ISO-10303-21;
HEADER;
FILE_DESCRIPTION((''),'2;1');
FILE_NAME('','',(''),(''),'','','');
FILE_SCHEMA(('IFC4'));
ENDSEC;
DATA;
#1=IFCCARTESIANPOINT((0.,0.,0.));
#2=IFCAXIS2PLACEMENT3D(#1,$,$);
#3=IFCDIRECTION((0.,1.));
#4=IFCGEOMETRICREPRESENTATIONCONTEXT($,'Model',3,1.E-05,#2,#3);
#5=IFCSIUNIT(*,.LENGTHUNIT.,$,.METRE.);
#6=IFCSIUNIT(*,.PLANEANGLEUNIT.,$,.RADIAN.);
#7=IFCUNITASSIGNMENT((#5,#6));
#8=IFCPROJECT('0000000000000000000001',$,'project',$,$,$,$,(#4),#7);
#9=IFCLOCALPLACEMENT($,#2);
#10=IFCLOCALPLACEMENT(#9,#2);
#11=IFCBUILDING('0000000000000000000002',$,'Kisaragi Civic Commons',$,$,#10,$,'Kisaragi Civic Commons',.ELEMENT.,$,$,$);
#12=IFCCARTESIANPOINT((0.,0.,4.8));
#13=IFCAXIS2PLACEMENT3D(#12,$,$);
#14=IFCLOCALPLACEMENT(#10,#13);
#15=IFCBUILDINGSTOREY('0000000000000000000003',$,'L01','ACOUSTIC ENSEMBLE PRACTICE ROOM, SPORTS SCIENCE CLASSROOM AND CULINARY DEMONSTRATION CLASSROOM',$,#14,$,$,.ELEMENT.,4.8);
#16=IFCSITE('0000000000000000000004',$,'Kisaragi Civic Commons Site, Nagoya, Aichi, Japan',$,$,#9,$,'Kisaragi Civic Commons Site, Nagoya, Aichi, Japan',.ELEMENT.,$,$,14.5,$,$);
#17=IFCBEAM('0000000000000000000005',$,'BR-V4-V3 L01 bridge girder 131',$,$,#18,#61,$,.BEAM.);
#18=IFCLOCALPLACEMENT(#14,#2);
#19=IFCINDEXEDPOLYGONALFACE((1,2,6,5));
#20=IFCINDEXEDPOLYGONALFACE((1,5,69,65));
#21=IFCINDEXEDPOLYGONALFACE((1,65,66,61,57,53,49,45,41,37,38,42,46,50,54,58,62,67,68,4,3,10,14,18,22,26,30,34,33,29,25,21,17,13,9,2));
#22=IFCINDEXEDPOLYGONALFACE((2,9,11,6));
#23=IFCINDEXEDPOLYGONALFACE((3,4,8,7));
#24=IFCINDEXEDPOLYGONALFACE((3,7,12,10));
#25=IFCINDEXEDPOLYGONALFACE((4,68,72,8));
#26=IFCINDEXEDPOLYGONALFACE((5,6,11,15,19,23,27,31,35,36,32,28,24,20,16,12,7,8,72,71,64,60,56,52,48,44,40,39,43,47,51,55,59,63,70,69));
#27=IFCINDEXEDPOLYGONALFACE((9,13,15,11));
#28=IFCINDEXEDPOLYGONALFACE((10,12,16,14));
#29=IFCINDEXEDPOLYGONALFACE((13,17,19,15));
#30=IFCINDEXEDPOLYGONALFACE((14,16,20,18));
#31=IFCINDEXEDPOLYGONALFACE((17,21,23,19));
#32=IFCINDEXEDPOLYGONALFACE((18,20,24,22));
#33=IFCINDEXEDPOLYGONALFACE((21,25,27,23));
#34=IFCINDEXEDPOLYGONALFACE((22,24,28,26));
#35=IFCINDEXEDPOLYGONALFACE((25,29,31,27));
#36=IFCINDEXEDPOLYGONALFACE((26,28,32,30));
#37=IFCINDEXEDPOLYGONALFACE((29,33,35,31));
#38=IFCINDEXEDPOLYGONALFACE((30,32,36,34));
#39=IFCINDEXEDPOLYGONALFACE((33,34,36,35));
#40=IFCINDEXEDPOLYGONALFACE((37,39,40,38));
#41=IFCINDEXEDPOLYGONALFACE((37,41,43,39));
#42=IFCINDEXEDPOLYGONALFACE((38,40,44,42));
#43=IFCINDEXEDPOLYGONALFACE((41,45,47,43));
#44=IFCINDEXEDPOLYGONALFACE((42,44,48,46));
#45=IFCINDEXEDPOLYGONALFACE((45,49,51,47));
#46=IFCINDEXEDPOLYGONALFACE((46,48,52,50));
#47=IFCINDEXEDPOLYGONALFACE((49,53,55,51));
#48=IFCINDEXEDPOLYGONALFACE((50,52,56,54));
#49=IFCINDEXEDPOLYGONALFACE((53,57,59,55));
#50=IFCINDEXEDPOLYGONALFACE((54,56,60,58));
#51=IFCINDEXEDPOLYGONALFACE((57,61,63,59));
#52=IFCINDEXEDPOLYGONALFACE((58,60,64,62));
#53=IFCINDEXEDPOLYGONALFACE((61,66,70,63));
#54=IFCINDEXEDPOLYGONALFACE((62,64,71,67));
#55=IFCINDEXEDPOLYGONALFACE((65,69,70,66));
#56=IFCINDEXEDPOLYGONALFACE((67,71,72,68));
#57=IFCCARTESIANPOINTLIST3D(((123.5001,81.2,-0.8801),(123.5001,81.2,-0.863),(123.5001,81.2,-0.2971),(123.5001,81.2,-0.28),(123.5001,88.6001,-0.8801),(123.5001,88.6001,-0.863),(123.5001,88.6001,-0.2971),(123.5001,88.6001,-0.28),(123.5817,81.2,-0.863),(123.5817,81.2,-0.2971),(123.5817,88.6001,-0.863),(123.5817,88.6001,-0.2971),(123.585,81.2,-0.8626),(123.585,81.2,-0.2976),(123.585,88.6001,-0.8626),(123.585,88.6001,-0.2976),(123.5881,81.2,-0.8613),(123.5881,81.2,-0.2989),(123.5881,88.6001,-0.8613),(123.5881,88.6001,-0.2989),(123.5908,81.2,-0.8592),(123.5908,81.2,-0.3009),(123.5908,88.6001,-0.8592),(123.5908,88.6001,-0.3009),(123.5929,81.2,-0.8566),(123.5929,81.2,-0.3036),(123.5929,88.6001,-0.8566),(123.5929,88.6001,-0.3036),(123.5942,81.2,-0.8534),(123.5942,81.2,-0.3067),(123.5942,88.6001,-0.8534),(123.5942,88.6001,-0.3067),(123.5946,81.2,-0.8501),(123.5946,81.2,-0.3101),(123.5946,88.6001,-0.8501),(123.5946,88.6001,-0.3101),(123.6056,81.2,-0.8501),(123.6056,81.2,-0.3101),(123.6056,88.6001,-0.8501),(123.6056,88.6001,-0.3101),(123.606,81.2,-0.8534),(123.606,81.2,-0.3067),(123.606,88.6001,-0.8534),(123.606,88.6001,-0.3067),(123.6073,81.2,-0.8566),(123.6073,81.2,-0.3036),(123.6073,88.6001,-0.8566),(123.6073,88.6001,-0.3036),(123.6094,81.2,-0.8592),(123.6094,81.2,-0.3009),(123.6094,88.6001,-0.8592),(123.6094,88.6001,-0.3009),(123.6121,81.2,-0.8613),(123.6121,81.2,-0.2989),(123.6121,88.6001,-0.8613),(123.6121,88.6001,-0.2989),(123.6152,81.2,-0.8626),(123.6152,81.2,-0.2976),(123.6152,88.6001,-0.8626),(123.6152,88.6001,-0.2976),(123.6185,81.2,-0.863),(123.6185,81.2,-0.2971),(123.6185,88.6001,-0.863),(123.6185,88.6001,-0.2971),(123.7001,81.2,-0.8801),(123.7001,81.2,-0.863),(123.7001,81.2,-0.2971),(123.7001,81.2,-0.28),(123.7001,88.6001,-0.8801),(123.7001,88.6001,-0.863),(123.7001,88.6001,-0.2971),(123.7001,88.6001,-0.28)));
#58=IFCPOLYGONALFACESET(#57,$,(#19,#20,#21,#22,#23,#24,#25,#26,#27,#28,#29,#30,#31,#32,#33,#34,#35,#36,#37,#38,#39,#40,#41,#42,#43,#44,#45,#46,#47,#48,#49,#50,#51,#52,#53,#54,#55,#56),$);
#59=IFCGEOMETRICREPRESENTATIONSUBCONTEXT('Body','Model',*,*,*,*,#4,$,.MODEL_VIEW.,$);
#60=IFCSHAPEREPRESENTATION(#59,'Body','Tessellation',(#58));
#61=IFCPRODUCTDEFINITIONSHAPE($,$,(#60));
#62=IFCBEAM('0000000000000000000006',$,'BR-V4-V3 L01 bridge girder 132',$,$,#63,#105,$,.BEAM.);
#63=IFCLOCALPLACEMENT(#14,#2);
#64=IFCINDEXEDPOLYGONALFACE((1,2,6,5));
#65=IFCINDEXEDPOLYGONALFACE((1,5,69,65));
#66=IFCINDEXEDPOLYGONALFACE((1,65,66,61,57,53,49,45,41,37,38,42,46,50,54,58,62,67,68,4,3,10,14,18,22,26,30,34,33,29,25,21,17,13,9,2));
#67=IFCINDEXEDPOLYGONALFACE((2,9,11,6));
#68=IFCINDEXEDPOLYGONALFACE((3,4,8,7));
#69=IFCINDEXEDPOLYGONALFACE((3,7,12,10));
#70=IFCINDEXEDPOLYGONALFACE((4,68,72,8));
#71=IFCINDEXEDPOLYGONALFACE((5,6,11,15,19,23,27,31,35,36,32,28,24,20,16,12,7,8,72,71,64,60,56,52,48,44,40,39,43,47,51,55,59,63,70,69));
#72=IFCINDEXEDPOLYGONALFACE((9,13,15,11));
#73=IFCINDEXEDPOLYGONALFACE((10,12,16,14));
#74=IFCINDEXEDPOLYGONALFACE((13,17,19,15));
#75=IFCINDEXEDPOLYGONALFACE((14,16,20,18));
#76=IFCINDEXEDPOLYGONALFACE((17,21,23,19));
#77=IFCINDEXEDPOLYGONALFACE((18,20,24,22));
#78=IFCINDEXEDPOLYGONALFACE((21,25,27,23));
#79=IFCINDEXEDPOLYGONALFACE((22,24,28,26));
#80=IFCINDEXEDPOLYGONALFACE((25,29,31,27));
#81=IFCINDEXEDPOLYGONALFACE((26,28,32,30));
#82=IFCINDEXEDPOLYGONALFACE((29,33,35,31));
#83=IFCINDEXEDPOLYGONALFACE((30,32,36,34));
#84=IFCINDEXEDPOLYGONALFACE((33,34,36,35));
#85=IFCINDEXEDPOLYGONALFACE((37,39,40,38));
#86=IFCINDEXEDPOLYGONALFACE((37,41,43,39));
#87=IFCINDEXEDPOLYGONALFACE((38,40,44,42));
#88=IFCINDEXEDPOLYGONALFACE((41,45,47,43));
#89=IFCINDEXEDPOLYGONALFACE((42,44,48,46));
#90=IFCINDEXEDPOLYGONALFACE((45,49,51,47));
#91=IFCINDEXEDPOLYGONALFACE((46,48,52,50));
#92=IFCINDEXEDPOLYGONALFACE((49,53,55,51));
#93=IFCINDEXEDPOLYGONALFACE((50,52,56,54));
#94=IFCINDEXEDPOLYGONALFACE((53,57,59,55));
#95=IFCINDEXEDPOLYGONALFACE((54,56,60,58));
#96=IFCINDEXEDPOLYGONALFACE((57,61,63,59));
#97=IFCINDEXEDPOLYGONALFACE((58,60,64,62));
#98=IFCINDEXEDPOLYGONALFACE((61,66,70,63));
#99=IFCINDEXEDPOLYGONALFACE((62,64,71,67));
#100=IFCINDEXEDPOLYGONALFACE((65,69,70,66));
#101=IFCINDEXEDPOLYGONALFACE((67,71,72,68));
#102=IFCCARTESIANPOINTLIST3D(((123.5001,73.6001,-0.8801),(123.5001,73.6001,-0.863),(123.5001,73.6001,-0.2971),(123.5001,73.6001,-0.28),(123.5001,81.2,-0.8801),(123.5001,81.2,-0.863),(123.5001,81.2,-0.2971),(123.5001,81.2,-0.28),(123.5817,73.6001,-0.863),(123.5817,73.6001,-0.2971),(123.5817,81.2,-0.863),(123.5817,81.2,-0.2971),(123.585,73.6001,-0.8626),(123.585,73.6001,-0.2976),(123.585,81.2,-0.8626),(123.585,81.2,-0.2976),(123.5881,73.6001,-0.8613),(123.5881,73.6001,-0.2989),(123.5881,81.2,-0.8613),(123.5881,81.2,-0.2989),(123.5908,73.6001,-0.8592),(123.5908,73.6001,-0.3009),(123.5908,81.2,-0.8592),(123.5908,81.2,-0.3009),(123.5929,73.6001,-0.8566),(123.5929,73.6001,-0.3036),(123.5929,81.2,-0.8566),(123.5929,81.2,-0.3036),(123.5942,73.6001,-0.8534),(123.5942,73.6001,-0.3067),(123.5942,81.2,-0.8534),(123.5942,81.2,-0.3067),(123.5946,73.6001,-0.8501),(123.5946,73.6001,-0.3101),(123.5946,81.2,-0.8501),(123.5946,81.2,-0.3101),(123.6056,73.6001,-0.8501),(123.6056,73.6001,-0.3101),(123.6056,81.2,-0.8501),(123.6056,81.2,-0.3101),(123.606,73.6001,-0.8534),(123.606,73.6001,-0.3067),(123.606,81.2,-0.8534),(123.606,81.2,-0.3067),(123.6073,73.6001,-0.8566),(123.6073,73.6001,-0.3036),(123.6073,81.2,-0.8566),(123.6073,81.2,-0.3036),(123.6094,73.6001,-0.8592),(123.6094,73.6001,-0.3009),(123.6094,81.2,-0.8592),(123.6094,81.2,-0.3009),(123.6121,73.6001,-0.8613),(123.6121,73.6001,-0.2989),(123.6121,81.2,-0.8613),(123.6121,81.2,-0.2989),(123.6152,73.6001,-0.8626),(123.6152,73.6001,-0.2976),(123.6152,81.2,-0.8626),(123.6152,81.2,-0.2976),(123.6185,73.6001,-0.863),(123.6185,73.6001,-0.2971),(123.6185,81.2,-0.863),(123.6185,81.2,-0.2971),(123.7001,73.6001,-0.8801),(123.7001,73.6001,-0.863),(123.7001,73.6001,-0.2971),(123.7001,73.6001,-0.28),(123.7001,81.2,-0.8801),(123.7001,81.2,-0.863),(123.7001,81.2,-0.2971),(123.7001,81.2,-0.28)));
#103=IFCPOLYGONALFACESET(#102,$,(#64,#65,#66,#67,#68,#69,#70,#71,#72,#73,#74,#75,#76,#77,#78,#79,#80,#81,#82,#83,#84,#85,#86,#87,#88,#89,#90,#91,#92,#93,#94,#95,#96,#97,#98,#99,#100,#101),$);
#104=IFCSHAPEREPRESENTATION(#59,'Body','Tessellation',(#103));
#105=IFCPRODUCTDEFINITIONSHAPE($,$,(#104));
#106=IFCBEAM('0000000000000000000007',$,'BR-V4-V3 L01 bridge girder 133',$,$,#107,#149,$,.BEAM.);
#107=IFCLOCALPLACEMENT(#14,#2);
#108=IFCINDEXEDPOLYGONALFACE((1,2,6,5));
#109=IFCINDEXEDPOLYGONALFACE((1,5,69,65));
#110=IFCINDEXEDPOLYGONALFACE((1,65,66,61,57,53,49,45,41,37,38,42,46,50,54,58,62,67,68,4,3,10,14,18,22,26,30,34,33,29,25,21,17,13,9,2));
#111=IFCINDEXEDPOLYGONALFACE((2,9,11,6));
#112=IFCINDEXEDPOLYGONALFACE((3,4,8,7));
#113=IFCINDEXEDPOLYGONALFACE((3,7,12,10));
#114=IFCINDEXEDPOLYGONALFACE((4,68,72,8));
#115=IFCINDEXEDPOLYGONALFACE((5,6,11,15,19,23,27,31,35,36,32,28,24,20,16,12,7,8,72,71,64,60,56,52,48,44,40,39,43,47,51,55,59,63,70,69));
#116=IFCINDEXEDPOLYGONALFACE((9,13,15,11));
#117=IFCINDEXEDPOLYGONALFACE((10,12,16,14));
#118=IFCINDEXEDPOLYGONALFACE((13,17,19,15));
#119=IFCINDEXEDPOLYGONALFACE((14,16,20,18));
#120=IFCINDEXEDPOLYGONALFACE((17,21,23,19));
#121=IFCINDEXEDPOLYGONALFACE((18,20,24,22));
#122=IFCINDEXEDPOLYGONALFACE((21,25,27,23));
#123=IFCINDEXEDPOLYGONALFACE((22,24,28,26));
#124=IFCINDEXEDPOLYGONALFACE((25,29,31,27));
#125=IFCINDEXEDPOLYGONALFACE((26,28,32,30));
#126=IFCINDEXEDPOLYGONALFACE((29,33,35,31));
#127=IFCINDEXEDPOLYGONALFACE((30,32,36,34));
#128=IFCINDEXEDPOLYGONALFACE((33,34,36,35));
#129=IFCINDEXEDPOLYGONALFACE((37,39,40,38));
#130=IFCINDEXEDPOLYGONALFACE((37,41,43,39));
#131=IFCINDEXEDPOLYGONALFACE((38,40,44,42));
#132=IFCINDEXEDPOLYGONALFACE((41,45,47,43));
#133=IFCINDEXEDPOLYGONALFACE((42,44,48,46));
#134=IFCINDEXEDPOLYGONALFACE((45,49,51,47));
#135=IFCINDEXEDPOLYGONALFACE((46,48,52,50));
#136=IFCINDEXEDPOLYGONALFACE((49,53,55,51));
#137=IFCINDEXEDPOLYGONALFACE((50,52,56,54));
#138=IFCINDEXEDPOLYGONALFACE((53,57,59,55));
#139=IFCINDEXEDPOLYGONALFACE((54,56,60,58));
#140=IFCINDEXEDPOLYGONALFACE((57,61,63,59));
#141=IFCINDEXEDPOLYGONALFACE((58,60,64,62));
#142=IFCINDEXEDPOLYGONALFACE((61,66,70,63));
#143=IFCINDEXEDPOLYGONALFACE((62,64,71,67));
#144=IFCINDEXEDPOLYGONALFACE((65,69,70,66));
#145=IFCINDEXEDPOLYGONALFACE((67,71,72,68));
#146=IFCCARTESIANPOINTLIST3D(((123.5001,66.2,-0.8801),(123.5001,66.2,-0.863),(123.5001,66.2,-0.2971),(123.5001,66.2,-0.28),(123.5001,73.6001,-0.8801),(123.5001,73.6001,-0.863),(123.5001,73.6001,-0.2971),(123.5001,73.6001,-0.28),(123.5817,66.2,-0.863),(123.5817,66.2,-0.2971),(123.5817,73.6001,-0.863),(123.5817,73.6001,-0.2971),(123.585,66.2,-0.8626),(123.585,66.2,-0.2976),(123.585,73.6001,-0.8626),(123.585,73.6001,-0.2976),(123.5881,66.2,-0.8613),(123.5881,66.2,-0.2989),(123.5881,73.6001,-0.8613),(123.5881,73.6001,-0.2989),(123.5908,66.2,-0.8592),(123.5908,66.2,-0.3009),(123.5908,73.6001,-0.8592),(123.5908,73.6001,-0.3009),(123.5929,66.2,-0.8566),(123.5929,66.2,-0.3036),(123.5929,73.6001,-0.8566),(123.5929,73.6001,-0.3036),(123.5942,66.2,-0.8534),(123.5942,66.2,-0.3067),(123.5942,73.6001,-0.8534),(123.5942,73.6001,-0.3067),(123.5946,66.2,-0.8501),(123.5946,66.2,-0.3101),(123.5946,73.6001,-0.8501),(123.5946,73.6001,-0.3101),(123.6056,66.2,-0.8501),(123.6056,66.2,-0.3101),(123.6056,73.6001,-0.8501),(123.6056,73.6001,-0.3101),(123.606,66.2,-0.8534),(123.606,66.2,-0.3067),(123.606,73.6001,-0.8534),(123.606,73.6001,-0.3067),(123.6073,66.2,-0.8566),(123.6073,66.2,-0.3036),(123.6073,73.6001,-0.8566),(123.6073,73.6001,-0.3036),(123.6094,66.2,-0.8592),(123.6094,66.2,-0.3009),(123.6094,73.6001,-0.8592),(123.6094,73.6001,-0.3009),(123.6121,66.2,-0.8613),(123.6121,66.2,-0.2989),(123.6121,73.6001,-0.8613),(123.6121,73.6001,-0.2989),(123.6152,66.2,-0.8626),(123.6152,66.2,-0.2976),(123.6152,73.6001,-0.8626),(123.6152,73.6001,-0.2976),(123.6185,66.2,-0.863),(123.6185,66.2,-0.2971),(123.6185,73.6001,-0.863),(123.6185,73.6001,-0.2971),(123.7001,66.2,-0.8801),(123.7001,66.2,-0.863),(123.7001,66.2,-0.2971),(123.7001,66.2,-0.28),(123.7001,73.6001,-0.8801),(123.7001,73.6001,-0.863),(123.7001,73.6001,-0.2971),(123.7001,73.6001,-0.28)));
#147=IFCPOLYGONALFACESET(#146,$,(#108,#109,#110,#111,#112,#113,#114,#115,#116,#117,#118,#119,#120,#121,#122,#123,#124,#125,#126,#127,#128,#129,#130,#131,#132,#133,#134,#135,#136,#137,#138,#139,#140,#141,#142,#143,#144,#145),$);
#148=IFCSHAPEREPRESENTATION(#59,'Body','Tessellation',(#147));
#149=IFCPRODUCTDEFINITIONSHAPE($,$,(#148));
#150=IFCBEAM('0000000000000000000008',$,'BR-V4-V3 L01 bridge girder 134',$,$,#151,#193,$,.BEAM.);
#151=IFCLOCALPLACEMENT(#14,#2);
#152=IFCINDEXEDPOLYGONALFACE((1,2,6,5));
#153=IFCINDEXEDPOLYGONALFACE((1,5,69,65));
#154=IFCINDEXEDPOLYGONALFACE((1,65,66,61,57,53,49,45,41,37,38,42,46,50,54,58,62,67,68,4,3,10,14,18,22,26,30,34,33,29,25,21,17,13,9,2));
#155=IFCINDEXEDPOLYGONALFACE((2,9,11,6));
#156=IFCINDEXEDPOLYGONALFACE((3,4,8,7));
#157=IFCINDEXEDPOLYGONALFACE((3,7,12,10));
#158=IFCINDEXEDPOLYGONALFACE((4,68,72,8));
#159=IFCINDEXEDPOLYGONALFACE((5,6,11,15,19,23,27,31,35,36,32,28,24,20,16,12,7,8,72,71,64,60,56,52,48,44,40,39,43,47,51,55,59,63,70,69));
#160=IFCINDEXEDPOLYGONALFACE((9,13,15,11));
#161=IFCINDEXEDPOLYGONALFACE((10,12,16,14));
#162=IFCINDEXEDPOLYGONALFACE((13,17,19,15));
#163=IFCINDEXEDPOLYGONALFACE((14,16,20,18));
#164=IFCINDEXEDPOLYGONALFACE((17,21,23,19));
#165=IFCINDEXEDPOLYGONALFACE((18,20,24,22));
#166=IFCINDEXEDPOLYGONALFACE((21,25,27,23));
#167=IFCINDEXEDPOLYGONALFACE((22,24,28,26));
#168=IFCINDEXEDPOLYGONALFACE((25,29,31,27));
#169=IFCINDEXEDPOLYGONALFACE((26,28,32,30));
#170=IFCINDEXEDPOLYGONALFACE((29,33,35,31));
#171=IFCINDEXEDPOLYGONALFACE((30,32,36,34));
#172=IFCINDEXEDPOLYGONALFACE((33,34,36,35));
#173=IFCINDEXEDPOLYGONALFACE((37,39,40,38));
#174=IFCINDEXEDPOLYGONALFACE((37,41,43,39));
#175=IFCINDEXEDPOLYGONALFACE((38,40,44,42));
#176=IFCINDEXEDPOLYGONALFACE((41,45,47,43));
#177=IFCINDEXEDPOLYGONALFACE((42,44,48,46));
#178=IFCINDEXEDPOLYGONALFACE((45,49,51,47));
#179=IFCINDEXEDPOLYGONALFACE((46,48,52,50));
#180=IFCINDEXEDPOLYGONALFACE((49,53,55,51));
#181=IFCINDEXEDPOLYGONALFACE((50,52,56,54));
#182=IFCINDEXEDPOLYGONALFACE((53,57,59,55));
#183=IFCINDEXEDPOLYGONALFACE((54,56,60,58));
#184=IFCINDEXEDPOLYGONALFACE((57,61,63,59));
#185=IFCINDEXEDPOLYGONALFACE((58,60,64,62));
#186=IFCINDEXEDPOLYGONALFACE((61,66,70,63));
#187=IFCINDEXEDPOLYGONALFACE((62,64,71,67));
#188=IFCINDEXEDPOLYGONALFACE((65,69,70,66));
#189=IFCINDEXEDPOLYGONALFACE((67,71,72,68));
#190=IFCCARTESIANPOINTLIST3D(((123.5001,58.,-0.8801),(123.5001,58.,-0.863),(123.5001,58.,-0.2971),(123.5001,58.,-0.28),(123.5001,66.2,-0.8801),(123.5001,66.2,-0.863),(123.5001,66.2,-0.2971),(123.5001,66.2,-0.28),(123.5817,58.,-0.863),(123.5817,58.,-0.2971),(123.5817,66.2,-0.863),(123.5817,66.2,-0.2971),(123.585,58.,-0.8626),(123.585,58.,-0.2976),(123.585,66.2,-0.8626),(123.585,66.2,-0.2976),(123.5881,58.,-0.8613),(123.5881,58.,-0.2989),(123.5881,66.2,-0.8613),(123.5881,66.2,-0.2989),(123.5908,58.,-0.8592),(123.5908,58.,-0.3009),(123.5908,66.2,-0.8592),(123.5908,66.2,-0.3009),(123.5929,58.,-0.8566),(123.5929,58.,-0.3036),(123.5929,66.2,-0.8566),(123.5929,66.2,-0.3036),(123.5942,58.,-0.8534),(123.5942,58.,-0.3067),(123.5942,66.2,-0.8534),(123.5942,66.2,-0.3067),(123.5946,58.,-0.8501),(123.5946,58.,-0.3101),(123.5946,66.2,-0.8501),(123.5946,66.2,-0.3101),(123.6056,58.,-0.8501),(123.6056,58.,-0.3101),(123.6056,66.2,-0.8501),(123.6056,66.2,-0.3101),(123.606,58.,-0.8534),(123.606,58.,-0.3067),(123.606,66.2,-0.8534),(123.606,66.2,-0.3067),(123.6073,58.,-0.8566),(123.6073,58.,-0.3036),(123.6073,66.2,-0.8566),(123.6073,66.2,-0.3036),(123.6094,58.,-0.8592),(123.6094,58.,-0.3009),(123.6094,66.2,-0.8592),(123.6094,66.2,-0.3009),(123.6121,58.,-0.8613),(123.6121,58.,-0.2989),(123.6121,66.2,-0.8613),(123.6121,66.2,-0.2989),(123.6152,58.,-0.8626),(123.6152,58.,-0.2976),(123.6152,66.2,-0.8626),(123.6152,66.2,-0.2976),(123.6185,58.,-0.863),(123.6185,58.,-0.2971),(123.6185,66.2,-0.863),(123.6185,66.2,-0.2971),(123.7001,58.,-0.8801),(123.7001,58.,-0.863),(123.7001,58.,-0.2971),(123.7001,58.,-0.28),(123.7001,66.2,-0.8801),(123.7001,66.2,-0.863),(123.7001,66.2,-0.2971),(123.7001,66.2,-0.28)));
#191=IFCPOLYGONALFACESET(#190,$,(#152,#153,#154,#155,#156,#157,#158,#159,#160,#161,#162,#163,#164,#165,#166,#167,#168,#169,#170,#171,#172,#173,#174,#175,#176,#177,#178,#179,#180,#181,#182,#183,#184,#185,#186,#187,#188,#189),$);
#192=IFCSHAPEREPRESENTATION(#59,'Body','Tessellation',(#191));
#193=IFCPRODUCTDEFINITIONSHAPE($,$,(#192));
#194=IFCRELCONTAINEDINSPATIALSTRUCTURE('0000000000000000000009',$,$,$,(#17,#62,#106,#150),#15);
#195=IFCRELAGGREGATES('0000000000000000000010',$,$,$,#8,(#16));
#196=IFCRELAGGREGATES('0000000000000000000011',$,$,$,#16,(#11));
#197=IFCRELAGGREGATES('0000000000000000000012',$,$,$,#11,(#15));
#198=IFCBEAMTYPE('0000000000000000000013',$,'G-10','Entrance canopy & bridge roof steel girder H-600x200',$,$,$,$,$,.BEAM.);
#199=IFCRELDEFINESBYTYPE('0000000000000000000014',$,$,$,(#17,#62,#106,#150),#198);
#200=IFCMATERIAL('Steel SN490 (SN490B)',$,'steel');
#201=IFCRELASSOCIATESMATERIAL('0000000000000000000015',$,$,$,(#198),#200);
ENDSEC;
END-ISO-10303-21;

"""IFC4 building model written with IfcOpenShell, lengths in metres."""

from ifc_helpers import new_model, si_unit, direction, frame, origin, origin_2d, place, context, subcontext, project, spatial, i_section, extrude, material, material_profile, profile_set, type_object, element, save


model = new_model("IFC4")

# Units and contexts
model_context = context("Model", 3, precision=1e-05, world=origin(), true_north=direction((0.0, 1.0)))
body_context = subcontext(model_context, "Body", "Model", "MODEL_VIEW")
ifc_project = project(units=[si_unit("LENGTHUNIT", "METRE"), si_unit("PLANEANGLEUNIT", "RADIAN")], contexts=[model_context])

# Site, building, storey
site_placement = place(None, origin())
site = spatial("IfcSite", under=ifc_project, at=site_placement, Name="Kisaragi Civic Commons Site, Nagoya, Aichi, Japan", LongName="Kisaragi Civic Commons Site, Nagoya, Aichi, Japan", CompositionType="ELEMENT", RefElevation=14.5)
building_placement = place(site_placement, origin())
building = spatial("IfcBuilding", under=site, at=building_placement, Name="Kisaragi Civic Commons", LongName="Kisaragi Civic Commons", CompositionType="ELEMENT")
storey_placement = place(building_placement, frame((0.0, 0.0, 4.8)))
storey = spatial("IfcBuildingStorey", under=building, at=storey_placement, Name="L01", Description="ACOUSTIC ENSEMBLE PRACTICE ROOM, SPORTS SCIENCE CLASSROOM AND CULINARY DEMONSTRATION CLASSROOM", CompositionType="ELEMENT", Elevation=4.8)

# Beams
ifc_material_1 = material(Name="Steel SN490 (SN490B)", Category="steel")
ifc_material_profile_1 = material_profile(ifc_material_1, i_section(OverallWidth=0.2, OverallDepth=0.6001, WebThickness=0.011, FlangeThickness=0.0171, FilletRadius=0.0129, at=origin_2d()), Name="H-600x200x11x17", Category="steel")
ifc_profile_set_1 = profile_set([ifc_material_profile_1], Name="Steel SN490 (SN490B)")
beam_type_1 = type_object("IfcBeamType", Name="G-10", Description="Entrance canopy & bridge roof steel girder H-600x200", PredefinedType="BEAM", material=ifc_profile_set_1)
beam_1_placement = place(storey_placement, frame((123.6001, 88.6001, -0.5801), z_axis=(0.0, -1.0, 0.0), x_axis=(1.0, 0.0, 0.0)))
element("IfcBeam", 1, at=beam_1_placement, inside=storey, type_object=beam_type_1, Name="BR-V4-V3 L01 bridge girder 131", PredefinedType="BEAM", context=body_context, shape_type="SweptSolid", body=[
    extrude(i_section(OverallWidth=0.2, OverallDepth=0.6001, WebThickness=0.011, FlangeThickness=0.0171, FilletRadius=0.0129, at=origin_2d()), origin(), (0.0, 0.0, 1.0), 7.4001),
])
beam_2_placement = place(storey_placement, frame((123.6001, 81.2, -0.5801), z_axis=(0.0, -1.0, 0.0), x_axis=(1.0, 0.0, 0.0)))
element("IfcBeam", 2, at=beam_2_placement, inside=storey, type_object=beam_type_1, Name="BR-V4-V3 L01 bridge girder 132", PredefinedType="BEAM", context=body_context, shape_type="SweptSolid", body=[
    extrude(i_section(OverallWidth=0.2, OverallDepth=0.6001, WebThickness=0.011, FlangeThickness=0.0171, FilletRadius=0.0129, at=origin_2d()), origin(), (0.0, 0.0, 1.0), 7.5999),
])
beam_3_placement = place(storey_placement, frame((123.6001, 73.6001, -0.5801), z_axis=(0.0, -1.0, 0.0), x_axis=(1.0, 0.0, 0.0)))
element("IfcBeam", 3, at=beam_3_placement, inside=storey, type_object=beam_type_1, Name="BR-V4-V3 L01 bridge girder 133", PredefinedType="BEAM", context=body_context, shape_type="SweptSolid", body=[
    extrude(i_section(OverallWidth=0.2, OverallDepth=0.6001, WebThickness=0.011, FlangeThickness=0.0171, FilletRadius=0.0129, at=origin_2d()), origin(), (0.0, 0.0, 1.0), 7.4001),
])
beam_4_placement = place(storey_placement, frame((123.6001, 66.2, -0.5801), z_axis=(0.0, -1.0, 0.0), x_axis=(1.0, 0.0, 0.0)))
element("IfcBeam", 4, at=beam_4_placement, inside=storey, type_object=beam_type_1, Name="BR-V4-V3 L01 bridge girder 134", PredefinedType="BEAM", context=body_context, shape_type="SweptSolid", body=[
    extrude(i_section(OverallWidth=0.2, OverallDepth=0.6001, WebThickness=0.011, FlangeThickness=0.0171, FilletRadius=0.0129, at=origin_2d()), origin(), (0.0, 0.0, 1.0), 8.2),
])

save(model, "model.ifc")
